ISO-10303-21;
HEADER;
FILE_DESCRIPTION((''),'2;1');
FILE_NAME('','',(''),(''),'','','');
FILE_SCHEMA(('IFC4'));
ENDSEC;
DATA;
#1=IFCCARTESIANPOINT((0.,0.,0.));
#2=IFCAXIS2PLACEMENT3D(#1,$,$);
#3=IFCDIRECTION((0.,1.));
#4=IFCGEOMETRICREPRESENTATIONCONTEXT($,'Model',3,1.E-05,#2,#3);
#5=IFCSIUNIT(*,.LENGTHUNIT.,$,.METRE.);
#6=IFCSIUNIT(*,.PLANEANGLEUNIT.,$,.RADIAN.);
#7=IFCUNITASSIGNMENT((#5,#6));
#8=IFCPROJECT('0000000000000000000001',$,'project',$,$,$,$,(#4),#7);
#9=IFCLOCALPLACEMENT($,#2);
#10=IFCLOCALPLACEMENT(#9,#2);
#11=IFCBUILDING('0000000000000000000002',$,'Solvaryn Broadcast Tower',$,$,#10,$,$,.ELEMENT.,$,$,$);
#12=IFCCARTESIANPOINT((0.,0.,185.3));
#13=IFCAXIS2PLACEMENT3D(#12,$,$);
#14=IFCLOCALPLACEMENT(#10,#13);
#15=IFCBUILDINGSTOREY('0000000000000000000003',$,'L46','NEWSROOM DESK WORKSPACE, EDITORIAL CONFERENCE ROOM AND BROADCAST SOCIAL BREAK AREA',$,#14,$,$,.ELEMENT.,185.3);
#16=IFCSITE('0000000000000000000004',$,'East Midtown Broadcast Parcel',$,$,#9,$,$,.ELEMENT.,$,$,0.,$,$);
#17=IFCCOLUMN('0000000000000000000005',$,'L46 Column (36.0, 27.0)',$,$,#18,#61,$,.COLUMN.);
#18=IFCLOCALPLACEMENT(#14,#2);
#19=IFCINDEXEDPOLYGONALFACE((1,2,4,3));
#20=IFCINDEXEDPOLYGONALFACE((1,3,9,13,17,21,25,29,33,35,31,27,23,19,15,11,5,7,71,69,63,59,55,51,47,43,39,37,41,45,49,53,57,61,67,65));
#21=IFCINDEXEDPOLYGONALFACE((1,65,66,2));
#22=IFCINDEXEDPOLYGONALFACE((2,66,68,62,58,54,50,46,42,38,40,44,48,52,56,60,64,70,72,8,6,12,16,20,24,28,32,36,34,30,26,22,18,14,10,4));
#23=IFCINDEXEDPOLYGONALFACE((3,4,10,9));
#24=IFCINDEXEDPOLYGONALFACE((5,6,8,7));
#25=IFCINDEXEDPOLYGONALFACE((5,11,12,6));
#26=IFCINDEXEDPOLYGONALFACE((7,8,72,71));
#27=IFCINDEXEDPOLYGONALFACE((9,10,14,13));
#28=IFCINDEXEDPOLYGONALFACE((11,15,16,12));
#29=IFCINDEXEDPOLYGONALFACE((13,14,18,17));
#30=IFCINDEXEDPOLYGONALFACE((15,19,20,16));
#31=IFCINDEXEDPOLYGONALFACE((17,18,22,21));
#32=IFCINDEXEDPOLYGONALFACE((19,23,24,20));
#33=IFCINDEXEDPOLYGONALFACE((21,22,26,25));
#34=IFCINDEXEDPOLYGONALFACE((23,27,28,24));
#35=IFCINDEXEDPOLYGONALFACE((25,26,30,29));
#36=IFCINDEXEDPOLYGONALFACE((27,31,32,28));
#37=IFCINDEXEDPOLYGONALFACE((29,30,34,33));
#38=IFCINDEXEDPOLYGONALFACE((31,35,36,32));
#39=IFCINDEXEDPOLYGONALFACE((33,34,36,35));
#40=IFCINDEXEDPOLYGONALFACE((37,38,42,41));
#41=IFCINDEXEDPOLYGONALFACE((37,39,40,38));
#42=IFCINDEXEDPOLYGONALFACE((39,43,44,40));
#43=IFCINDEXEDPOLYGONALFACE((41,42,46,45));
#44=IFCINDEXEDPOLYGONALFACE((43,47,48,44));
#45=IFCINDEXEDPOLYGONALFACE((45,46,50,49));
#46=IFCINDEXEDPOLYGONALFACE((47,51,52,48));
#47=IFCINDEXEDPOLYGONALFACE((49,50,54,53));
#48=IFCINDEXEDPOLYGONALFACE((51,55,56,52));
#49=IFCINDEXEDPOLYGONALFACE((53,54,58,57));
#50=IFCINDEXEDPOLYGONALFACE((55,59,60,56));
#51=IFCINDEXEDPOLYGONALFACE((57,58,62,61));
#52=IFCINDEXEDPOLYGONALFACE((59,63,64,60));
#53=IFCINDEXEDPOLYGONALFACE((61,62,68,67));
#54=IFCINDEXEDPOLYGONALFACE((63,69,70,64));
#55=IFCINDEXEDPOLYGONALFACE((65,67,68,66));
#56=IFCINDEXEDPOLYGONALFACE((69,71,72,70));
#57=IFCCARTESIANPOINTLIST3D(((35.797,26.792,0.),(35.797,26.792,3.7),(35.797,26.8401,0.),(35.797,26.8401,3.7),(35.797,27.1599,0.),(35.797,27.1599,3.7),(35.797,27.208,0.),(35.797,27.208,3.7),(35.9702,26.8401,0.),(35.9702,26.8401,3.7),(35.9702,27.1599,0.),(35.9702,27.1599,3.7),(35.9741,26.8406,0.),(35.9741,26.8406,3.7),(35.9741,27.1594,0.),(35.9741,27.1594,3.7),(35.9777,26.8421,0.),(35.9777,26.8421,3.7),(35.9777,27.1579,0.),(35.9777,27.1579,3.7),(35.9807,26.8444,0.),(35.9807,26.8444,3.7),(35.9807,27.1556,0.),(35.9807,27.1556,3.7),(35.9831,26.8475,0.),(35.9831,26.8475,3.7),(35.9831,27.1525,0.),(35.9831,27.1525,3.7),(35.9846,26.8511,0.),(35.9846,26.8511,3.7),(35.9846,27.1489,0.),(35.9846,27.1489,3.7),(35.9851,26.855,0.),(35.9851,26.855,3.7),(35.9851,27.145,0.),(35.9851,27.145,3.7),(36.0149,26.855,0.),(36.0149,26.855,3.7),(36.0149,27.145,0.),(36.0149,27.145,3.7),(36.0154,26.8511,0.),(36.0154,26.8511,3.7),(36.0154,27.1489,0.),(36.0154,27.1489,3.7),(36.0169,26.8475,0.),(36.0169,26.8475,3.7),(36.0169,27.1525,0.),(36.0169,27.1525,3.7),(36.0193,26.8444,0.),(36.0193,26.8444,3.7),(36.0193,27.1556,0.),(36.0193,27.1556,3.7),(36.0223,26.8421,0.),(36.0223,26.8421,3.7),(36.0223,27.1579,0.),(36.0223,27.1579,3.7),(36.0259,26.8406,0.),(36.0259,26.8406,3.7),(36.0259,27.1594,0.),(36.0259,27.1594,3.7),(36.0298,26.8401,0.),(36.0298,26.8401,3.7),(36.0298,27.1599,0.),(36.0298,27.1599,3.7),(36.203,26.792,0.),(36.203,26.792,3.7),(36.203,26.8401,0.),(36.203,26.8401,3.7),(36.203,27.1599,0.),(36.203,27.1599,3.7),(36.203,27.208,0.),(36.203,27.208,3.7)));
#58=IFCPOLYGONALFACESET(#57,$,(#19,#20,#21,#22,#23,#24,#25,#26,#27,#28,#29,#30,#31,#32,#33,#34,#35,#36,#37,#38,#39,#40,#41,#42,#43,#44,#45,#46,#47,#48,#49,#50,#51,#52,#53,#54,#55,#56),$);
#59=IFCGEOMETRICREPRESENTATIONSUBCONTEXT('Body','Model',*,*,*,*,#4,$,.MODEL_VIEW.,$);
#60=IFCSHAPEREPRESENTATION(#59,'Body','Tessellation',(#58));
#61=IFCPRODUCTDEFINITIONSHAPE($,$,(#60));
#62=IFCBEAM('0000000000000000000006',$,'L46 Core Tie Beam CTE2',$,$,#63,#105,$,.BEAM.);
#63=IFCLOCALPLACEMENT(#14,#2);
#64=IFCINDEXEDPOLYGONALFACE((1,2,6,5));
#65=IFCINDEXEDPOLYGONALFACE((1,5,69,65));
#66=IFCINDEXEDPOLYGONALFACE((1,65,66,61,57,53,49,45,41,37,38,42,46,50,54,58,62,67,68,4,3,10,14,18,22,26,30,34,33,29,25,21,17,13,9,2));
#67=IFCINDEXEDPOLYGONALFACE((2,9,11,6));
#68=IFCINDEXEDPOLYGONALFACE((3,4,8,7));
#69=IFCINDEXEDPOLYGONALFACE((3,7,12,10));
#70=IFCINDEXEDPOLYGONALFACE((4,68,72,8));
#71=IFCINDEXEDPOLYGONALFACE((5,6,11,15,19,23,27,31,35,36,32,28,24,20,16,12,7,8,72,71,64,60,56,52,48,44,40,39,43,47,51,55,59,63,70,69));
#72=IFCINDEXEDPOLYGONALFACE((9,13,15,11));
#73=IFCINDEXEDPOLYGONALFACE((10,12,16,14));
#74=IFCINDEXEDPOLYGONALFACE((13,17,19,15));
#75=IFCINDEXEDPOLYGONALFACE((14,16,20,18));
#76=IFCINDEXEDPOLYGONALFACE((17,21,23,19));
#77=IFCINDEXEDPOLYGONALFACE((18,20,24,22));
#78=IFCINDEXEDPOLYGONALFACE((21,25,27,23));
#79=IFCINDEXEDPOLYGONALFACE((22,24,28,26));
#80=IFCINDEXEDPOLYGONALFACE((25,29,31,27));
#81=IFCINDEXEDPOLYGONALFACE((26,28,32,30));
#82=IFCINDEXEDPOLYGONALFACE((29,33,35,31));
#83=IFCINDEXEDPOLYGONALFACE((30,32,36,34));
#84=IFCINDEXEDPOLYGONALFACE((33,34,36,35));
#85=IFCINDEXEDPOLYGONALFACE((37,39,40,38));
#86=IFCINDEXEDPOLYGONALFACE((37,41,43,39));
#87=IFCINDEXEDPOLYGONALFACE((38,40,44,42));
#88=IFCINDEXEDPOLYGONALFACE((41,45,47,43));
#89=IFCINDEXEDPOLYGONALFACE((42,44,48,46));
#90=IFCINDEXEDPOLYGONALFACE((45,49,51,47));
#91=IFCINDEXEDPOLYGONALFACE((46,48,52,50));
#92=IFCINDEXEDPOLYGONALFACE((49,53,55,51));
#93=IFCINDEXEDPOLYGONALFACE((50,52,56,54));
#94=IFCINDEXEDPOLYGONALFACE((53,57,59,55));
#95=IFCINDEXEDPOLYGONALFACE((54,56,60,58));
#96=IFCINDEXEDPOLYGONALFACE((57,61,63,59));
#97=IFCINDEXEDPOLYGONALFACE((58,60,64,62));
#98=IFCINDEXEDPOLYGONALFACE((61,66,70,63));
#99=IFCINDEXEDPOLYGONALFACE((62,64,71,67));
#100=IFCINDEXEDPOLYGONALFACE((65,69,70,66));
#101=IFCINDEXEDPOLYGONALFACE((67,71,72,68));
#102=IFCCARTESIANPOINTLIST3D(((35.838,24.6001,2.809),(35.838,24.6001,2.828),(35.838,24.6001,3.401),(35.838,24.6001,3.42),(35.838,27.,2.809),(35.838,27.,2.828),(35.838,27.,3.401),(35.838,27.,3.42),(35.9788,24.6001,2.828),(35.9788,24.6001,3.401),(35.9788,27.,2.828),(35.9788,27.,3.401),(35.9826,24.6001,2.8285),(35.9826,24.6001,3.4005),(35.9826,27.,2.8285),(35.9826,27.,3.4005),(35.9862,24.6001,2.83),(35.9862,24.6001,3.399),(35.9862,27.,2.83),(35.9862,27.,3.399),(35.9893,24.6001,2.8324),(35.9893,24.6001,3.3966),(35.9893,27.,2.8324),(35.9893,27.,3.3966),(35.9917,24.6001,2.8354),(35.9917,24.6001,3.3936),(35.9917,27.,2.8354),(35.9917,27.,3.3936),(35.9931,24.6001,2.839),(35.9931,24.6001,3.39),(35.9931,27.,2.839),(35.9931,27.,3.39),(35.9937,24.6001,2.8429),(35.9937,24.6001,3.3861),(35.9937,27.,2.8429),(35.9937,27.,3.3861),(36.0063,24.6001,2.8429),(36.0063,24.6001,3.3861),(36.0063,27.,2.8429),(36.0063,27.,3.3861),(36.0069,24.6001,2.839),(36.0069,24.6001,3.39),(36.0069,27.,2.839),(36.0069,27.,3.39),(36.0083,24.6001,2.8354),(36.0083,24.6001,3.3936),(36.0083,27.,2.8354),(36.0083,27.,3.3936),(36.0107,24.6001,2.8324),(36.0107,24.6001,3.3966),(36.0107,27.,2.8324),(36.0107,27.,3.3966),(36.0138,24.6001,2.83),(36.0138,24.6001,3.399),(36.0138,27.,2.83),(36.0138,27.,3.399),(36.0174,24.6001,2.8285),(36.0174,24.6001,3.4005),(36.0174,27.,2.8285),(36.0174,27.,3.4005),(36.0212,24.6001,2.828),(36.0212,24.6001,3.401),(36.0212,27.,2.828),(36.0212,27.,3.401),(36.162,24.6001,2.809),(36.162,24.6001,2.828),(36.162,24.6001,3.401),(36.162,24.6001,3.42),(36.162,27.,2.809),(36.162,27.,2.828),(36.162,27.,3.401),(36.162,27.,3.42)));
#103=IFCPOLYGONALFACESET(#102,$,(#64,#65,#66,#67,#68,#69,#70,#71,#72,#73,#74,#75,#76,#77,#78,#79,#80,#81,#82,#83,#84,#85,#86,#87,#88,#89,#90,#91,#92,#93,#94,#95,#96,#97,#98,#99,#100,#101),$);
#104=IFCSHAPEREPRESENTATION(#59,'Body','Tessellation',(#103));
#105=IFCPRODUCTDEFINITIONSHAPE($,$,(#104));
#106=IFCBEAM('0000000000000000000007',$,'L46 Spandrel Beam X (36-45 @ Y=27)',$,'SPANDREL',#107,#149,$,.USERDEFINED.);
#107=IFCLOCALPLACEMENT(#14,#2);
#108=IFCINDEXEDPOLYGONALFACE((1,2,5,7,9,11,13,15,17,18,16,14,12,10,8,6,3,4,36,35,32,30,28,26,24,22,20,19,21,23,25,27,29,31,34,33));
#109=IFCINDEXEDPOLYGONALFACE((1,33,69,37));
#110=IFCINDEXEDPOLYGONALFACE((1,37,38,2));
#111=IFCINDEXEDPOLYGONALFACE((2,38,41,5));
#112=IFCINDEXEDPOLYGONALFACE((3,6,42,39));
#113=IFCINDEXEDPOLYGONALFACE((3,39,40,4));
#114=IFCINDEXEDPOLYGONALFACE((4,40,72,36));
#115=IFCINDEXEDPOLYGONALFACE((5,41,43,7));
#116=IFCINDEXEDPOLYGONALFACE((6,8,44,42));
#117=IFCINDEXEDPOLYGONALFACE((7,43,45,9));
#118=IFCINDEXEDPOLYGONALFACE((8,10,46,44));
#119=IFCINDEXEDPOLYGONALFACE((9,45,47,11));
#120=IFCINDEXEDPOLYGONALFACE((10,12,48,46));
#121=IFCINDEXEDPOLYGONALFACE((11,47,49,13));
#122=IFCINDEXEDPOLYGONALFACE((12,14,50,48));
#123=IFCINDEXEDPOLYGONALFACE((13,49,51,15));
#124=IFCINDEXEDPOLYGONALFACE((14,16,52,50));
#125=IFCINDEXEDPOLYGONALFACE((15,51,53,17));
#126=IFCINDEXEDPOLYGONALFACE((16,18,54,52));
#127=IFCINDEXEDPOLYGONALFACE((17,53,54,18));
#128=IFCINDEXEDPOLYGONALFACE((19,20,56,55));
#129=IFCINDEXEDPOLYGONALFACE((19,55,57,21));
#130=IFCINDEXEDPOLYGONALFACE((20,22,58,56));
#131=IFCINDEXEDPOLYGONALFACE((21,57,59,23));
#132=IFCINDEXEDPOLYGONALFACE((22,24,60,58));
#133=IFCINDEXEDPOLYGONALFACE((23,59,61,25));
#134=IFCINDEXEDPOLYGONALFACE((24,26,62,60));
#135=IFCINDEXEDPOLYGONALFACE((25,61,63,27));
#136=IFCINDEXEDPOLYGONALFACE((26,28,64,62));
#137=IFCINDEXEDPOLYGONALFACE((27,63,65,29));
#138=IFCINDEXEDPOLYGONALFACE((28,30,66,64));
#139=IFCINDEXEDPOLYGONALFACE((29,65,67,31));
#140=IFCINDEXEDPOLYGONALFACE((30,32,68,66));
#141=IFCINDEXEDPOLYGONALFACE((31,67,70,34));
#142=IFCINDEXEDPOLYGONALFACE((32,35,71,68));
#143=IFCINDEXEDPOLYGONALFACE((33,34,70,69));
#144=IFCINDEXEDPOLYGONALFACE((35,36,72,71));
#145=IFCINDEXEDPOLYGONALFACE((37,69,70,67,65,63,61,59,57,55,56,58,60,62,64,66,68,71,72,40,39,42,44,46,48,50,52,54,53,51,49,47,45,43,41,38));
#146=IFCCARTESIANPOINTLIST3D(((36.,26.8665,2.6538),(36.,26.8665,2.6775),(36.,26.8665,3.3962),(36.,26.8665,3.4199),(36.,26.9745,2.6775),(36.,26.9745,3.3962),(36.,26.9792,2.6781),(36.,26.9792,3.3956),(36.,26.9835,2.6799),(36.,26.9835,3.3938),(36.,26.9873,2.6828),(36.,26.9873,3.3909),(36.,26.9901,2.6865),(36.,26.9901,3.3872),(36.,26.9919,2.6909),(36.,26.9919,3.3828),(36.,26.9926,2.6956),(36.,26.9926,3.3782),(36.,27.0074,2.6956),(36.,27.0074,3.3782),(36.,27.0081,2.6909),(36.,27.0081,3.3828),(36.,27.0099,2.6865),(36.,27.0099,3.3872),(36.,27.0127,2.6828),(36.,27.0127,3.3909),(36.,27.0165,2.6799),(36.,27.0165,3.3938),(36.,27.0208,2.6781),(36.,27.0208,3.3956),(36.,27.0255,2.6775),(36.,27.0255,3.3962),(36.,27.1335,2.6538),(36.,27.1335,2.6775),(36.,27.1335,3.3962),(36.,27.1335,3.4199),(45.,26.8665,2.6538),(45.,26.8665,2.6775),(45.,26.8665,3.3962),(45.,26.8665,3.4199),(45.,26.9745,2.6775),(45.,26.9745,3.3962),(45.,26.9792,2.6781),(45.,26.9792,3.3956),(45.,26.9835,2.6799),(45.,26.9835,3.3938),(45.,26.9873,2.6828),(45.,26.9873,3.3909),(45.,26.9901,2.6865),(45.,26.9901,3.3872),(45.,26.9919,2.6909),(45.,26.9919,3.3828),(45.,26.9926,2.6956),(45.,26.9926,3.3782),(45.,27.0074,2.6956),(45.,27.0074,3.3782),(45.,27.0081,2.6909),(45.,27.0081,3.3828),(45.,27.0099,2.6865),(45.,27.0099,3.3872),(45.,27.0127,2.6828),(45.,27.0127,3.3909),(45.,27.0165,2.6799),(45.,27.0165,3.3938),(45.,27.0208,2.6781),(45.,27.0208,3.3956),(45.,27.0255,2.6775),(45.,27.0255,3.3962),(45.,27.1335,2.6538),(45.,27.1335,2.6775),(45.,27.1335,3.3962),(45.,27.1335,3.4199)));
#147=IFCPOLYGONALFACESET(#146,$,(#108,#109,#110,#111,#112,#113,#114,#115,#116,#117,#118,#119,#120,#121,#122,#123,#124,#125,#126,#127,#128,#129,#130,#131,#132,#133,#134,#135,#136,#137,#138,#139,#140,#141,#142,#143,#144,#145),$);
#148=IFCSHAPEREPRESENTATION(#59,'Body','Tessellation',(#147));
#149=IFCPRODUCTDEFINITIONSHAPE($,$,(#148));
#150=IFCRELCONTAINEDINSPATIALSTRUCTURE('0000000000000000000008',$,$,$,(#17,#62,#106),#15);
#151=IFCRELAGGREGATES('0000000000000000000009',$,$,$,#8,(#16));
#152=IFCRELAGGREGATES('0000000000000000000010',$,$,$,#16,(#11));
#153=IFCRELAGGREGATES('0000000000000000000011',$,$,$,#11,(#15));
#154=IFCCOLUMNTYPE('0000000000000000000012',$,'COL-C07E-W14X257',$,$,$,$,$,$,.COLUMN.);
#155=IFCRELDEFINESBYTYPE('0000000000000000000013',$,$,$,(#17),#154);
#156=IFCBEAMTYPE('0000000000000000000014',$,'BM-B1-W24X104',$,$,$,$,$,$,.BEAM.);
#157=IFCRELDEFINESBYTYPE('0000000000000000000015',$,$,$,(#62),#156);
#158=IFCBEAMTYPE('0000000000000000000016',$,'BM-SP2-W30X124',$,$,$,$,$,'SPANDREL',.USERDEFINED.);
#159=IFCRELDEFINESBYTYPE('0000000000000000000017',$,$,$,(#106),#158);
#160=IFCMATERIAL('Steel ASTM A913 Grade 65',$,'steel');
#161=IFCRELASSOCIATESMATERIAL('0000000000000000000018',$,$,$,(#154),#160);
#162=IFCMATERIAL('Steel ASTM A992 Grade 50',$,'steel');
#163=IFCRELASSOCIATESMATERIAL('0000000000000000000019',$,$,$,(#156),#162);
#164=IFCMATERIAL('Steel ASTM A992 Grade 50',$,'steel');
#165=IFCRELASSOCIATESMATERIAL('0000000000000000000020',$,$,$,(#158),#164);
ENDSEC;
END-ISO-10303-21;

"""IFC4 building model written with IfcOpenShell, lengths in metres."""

from ifc_helpers import new_model, si_unit, direction, frame, origin, origin_2d, place, context, subcontext, project, spatial, i_section, extrude, material, material_profile, profile_set, type_object, element, save


model = new_model("IFC4")

# Units and contexts
model_context = context("Model", 3, precision=1e-05, world=origin(), true_north=direction((0.0, 1.0)))
body_context = subcontext(model_context, "Body", "Model", "MODEL_VIEW")
ifc_project = project(units=[si_unit("LENGTHUNIT", "METRE"), si_unit("PLANEANGLEUNIT", "RADIAN")], contexts=[model_context])

# Site, building, storey
site_placement = place(None, origin())
site = spatial("IfcSite", under=ifc_project, at=site_placement, Name="East Midtown Broadcast Parcel", CompositionType="ELEMENT", RefElevation=0.0)
building_placement = place(site_placement, origin())
building = spatial("IfcBuilding", under=site, at=building_placement, Name="Solvaryn Broadcast Tower", CompositionType="ELEMENT")
storey_placement = place(building_placement, frame((0.0, 0.0, 185.3)))
storey = spatial("IfcBuildingStorey", under=building, at=storey_placement, Name="L46", Description="NEWSROOM DESK WORKSPACE, EDITORIAL CONFERENCE ROOM AND BROADCAST SOCIAL BREAK AREA", CompositionType="ELEMENT", Elevation=185.3)

# Column
ifc_material_1 = material(Name="Steel ASTM A913 Grade 65", Category="steel")
ifc_material_profile_1 = material_profile(ifc_material_1, i_section(OverallWidth=0.406, OverallDepth=0.416, WebThickness=0.0298, FlangeThickness=0.0481, FilletRadius=0.0149, at=origin_2d()))
ifc_profile_set_1 = profile_set([ifc_material_profile_1], Name="Steel ASTM A913 Grade 65")
column_type = type_object("IfcColumnType", Name="COL-C07E-W14X257", PredefinedType="COLUMN", material=ifc_profile_set_1)
column_placement = place(storey_placement, frame((36.0, 27.0, 0.0), z_axis=(0.0, 0.0, 1.0), x_axis=(1.0, 0.0, 0.0)))
element("IfcColumn", 1, at=column_placement, inside=storey, type_object=column_type, Name="L46 Column (36.0, 27.0)", PredefinedType="COLUMN", context=body_context, shape_type="SweptSolid", body=[
    extrude(i_section(OverallWidth=0.406, OverallDepth=0.416, WebThickness=0.0298, FlangeThickness=0.0481, FilletRadius=0.0149, at=origin_2d()), origin(), (0.0, 0.0, 1.0), 3.7),
])

# Beams
ifc_material_2 = material(Name="Steel ASTM A992 Grade 50", Category="steel")
ifc_material_profile_2 = material_profile(ifc_material_2, i_section(OverallWidth=0.324, OverallDepth=0.6111, WebThickness=0.0127, FlangeThickness=0.019, FilletRadius=0.0149, at=origin_2d()))
ifc_profile_set_2 = profile_set([ifc_material_profile_2], Name="Steel ASTM A992 Grade 50")
beam_type_1 = type_object("IfcBeamType", Name="BM-B1-W24X104", PredefinedType="BEAM", material=ifc_profile_set_2)
beam_1_placement = place(storey_placement, frame((36.0, 24.6001, 3.1145), z_axis=(0.0, 1.0, 0.0), x_axis=(-1.0, 0.0, 0.0)))
element("IfcBeam", 2, at=beam_1_placement, inside=storey, type_object=beam_type_1, Name="L46 Core Tie Beam CTE2", PredefinedType="BEAM", context=body_context, shape_type="SweptSolid", body=[
    extrude(i_section(OverallWidth=0.324, OverallDepth=0.6111, WebThickness=0.0127, FlangeThickness=0.019, FilletRadius=0.0149, at=origin_2d()), origin(), (0.0, 0.0, 1.0), 2.3999),
])
ifc_material_3 = material(Name="Steel ASTM A992 Grade 50", Category="steel")
ifc_material_profile_3 = material_profile(ifc_material_3, i_section(OverallWidth=0.2671, OverallDepth=0.7661, WebThickness=0.0149, FlangeThickness=0.0237, FilletRadius=0.0181, at=origin_2d()))
ifc_profile_set_3 = profile_set([ifc_material_profile_3], Name="Steel ASTM A992 Grade 50")
beam_type_2 = type_object("IfcBeamType", Name="BM-SP2-W30X124", ElementType="SPANDREL", PredefinedType="USERDEFINED", material=ifc_profile_set_3)
beam_2_placement = place(storey_placement, frame((36.0, 27.0, 3.0369), z_axis=(1.0, 0.0, 0.0), x_axis=(0.0, 1.0, 0.0)))
element("IfcBeam", 3, at=beam_2_placement, inside=storey, type_object=beam_type_2, Name="L46 Spandrel Beam X (36-45 @ Y=27)", ObjectType="SPANDREL", PredefinedType="USERDEFINED", context=body_context, shape_type="SweptSolid", body=[
    extrude(i_section(OverallWidth=0.2671, OverallDepth=0.7661, WebThickness=0.0149, FlangeThickness=0.0237, FilletRadius=0.0181, at=origin_2d()), origin(), (0.0, 0.0, 1.0), 9.0),
])

save(model, "model.ifc")
